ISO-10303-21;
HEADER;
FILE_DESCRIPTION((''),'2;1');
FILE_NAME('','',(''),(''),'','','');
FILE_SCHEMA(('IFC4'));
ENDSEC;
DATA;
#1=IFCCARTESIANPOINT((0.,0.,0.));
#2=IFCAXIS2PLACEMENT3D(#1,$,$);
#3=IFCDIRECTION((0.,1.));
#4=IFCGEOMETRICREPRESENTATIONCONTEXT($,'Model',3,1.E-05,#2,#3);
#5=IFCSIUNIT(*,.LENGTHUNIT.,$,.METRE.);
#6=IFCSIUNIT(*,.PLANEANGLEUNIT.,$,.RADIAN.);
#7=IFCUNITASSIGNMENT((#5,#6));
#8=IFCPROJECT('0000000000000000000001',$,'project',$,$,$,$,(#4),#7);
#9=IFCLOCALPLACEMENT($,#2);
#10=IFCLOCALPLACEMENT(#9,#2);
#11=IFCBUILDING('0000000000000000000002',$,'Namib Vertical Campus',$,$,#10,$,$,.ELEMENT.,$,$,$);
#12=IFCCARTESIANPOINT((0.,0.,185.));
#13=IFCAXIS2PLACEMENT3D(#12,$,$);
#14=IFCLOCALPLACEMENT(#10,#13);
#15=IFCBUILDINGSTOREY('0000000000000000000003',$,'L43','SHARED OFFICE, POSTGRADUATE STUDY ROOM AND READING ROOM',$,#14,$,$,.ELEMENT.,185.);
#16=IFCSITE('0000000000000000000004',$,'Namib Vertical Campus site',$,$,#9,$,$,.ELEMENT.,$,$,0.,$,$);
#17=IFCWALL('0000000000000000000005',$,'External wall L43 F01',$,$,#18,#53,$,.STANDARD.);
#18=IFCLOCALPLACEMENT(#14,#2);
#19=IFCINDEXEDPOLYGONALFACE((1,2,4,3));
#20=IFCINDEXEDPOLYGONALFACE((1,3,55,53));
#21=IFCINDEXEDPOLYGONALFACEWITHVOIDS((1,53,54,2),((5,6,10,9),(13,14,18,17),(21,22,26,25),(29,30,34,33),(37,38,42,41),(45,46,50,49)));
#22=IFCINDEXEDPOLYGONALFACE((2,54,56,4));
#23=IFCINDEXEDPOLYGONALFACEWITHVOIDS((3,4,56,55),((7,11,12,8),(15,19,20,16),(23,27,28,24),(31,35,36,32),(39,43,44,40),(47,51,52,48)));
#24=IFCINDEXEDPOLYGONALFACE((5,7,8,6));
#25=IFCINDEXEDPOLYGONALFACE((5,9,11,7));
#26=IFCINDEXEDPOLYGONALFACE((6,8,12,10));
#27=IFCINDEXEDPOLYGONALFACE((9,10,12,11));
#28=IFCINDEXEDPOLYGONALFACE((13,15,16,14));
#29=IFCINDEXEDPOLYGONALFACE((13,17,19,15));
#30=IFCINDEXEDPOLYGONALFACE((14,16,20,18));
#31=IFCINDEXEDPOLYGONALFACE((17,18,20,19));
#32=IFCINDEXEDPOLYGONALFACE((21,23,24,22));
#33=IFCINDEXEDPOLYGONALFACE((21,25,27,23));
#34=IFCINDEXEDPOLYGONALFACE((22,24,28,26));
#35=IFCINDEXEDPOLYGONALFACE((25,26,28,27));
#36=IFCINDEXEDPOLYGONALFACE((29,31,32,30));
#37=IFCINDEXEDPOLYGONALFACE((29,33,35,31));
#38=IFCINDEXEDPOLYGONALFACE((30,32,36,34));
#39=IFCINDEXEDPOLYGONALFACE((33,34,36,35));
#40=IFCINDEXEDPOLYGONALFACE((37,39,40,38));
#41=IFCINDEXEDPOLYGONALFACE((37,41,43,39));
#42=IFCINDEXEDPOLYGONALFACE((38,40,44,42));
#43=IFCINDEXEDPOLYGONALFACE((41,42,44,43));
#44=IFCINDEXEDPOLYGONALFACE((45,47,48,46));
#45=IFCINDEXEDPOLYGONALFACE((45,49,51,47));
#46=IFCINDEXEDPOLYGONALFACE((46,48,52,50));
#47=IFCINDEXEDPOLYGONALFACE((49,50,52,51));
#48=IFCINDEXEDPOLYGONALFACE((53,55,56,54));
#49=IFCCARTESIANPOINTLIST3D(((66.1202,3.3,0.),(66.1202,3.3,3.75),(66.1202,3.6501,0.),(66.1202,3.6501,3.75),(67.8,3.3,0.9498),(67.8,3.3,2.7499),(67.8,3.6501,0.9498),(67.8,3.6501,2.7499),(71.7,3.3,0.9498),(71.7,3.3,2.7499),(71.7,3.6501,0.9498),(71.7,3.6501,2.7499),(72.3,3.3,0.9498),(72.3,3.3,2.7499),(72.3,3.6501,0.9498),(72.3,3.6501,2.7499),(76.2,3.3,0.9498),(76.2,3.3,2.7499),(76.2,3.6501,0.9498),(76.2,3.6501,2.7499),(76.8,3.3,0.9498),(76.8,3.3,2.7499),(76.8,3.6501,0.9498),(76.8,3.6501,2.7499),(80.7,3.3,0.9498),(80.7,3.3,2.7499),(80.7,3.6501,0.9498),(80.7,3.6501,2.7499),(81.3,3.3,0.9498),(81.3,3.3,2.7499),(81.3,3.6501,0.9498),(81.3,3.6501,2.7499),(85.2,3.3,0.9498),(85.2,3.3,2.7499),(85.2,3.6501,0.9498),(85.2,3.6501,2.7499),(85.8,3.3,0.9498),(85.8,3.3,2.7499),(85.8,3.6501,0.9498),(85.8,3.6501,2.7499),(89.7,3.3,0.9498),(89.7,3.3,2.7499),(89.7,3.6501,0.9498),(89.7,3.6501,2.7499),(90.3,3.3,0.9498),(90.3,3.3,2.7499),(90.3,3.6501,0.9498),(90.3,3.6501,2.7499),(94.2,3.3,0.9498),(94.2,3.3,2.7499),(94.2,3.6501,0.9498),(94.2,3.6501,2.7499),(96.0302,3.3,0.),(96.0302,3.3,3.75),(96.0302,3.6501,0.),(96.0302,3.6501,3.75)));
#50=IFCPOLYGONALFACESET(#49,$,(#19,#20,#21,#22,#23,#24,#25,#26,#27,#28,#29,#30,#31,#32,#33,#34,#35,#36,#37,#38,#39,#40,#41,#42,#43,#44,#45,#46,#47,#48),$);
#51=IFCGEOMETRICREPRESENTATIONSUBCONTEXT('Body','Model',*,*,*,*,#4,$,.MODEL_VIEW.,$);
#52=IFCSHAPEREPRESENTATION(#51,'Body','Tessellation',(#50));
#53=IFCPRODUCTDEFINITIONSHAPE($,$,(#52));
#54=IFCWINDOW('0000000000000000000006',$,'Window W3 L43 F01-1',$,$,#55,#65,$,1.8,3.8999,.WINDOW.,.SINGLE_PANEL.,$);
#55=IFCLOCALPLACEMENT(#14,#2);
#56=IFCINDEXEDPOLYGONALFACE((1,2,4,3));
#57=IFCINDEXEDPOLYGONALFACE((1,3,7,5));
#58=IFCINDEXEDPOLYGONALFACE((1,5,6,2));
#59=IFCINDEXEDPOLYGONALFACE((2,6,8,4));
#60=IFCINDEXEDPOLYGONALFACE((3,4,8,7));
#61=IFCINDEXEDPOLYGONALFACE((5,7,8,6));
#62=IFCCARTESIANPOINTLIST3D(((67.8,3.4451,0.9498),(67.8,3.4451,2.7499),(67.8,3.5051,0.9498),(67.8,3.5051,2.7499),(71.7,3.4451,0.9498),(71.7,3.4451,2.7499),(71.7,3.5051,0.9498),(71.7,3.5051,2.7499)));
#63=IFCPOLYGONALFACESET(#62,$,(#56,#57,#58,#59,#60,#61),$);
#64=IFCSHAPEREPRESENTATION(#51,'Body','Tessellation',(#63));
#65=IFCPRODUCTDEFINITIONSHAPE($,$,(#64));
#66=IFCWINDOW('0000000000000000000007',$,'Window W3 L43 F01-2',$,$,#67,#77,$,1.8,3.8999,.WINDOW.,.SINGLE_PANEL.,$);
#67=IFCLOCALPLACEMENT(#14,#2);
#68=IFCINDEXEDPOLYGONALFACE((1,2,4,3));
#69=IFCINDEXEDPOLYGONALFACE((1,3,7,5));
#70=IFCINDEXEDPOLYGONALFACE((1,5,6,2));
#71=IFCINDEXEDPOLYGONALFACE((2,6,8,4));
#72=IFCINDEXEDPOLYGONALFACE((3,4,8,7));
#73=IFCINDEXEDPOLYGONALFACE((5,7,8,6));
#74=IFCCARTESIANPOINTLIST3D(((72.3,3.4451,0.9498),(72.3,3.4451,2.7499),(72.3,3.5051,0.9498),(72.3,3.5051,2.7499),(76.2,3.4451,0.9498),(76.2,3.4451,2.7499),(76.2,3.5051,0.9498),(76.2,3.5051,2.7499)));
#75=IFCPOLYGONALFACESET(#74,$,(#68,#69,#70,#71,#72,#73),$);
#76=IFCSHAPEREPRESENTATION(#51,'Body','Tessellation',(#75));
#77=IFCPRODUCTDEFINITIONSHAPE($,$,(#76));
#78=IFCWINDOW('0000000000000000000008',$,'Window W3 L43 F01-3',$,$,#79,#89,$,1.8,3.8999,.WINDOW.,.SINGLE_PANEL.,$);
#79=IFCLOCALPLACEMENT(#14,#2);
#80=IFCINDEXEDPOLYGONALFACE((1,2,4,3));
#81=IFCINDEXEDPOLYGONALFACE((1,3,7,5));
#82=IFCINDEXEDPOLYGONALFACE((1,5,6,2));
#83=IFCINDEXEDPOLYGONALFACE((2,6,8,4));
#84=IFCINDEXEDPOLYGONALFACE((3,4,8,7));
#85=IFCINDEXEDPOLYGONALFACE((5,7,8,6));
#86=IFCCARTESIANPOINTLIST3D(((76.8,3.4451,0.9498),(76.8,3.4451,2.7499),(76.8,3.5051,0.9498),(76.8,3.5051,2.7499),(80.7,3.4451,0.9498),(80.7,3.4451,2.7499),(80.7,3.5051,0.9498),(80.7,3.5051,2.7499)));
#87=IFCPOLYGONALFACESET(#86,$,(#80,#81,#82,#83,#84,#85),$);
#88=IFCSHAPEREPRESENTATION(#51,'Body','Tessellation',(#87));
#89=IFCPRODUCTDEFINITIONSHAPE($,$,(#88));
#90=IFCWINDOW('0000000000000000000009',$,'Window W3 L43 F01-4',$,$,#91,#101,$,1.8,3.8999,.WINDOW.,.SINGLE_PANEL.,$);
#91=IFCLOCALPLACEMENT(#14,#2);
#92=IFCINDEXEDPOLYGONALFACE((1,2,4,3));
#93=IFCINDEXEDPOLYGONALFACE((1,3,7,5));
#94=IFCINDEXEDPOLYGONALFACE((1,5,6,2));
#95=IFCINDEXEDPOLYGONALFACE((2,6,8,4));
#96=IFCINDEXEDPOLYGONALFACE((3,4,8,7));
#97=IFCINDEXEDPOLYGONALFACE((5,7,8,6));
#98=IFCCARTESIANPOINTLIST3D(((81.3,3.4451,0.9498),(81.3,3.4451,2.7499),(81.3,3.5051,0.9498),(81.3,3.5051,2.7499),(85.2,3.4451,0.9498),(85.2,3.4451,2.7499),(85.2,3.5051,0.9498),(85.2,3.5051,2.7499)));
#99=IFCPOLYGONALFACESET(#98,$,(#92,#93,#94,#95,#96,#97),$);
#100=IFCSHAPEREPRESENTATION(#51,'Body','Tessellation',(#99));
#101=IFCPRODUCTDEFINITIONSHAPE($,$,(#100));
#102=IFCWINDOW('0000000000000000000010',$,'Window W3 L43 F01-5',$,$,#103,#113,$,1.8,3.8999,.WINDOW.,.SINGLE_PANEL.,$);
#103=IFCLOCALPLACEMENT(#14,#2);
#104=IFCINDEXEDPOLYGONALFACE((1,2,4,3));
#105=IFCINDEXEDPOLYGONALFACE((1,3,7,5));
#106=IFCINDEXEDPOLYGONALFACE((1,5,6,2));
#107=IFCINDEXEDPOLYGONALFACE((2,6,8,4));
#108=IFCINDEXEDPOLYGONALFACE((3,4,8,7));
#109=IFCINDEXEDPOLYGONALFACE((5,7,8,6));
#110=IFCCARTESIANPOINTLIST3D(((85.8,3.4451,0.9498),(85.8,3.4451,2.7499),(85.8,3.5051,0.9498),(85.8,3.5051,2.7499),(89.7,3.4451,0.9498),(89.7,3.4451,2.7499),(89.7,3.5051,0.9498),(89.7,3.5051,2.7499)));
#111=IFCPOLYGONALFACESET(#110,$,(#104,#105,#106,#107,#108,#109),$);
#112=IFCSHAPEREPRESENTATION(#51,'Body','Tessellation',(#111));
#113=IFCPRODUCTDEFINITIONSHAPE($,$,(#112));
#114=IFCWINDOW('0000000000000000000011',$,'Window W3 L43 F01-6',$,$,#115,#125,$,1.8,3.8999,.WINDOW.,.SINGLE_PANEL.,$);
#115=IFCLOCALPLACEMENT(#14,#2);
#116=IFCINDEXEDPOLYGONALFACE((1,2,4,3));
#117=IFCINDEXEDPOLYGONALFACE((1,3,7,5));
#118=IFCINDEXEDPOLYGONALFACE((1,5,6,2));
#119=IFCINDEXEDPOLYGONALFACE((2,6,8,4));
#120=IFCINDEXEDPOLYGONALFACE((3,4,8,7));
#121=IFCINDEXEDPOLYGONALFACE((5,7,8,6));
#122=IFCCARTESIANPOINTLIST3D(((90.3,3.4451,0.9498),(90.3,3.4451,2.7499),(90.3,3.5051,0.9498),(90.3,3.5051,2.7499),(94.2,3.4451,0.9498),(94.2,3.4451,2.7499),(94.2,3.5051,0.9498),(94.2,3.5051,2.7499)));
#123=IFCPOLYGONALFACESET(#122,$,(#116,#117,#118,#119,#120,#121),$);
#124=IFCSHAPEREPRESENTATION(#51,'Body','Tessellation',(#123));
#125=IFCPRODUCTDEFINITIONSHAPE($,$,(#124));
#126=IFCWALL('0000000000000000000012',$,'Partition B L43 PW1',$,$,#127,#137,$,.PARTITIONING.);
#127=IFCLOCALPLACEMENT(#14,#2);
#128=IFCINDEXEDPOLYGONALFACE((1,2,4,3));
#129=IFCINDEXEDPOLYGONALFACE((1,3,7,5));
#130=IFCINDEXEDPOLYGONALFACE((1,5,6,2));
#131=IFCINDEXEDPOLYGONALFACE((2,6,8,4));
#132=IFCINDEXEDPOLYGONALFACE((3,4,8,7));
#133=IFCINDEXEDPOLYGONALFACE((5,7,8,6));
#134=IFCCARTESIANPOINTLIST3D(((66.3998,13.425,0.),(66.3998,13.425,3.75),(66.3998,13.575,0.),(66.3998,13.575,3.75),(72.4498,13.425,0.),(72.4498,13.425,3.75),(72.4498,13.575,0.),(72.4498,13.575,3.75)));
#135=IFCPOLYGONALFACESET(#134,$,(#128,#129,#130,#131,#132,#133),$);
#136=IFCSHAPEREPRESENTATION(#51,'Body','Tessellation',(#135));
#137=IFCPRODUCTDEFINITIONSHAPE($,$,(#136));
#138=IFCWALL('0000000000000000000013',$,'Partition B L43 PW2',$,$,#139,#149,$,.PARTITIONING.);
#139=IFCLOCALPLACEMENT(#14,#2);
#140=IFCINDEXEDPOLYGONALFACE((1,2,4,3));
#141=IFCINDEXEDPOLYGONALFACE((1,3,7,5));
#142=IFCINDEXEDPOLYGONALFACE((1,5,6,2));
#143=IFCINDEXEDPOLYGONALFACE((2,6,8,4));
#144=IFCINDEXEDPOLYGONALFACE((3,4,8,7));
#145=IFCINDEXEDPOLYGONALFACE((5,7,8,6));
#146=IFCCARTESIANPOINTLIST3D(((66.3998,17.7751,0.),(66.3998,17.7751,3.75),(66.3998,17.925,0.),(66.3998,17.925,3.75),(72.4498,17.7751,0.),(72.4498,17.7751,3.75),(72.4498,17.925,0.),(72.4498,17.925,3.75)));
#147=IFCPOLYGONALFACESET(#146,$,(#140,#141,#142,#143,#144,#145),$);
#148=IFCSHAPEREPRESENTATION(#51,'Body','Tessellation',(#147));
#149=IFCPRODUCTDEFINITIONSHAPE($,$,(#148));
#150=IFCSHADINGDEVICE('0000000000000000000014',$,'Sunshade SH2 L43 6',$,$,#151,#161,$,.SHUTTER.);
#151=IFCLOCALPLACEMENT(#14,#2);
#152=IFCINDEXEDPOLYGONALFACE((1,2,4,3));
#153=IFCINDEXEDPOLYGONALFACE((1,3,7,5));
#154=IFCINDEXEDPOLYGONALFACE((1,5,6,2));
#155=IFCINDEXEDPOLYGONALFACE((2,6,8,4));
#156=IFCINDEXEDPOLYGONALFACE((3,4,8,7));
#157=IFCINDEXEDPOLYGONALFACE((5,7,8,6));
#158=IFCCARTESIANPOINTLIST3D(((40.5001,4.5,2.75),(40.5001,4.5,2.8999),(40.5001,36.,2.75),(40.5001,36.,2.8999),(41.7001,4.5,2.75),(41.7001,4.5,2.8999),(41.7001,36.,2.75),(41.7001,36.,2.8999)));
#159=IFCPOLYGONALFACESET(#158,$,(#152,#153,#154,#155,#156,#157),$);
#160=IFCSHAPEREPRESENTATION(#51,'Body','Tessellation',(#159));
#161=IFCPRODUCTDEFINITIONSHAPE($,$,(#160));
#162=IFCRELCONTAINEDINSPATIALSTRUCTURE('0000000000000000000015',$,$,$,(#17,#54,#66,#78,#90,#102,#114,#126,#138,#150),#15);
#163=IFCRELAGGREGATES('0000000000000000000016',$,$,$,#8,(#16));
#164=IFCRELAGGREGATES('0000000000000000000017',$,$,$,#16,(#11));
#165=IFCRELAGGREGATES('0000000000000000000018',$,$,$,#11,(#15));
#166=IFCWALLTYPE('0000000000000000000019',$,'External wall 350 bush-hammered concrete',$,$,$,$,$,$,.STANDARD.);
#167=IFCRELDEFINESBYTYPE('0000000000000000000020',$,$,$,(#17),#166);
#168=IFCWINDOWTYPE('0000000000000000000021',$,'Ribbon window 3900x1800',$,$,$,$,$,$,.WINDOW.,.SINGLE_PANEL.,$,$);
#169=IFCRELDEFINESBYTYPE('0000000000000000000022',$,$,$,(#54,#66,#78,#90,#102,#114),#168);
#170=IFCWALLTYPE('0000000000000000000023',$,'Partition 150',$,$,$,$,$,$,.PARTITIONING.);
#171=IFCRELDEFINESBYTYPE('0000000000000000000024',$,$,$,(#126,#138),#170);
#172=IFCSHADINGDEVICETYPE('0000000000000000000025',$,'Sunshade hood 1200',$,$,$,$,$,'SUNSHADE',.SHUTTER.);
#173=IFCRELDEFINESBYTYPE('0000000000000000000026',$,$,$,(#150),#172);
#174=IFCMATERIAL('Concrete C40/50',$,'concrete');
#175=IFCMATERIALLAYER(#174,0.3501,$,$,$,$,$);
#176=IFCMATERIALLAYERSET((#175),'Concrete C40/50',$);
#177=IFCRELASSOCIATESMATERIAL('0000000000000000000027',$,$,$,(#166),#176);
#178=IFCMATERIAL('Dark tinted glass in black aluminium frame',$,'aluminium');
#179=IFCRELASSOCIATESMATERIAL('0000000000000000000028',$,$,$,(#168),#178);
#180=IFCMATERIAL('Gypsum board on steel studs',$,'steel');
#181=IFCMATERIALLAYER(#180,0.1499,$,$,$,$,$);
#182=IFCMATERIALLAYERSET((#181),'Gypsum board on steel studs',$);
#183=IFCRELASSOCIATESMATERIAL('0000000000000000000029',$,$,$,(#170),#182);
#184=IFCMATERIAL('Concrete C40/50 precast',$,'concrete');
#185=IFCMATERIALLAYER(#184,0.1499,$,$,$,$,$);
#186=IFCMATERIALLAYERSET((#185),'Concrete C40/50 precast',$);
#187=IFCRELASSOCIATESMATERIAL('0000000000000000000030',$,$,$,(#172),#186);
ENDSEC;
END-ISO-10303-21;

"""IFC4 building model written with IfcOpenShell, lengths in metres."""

from ifc_helpers import new_model, si_unit, direction, frame, frame_2d, origin, origin_2d, place, context, subcontext, project, spatial, rectangle, extrude, material, layer, layer_set, type_object, element, fill, save


model = new_model("IFC4")

# Units and contexts
model_context = context("Model", 3, precision=1e-05, world=origin(), true_north=direction((0.0, 1.0)))
body_context = subcontext(model_context, "Body", "Model", "MODEL_VIEW")
ifc_project = project(units=[si_unit("LENGTHUNIT", "METRE"), si_unit("PLANEANGLEUNIT", "RADIAN")], contexts=[model_context])

# Site, building, storey
site_placement = place(None, origin())
site = spatial("IfcSite", under=ifc_project, at=site_placement, Name="Namib Vertical Campus site", CompositionType="ELEMENT", RefElevation=0.0)
building_placement = place(site_placement, origin())
building = spatial("IfcBuilding", under=site, at=building_placement, Name="Namib Vertical Campus", CompositionType="ELEMENT")
storey_placement = place(building_placement, frame((0.0, 0.0, 185.0)))
storey = spatial("IfcBuildingStorey", under=building, at=storey_placement, Name="L43", Description="SHARED OFFICE, POSTGRADUATE STUDY ROOM AND READING ROOM", CompositionType="ELEMENT", Elevation=185.0)

# Wall, openings, windows
ifc_material_1 = material(Name="Concrete C40/50", Category="concrete")
ifc_layer_1 = layer(ifc_material_1, 0.3501)
ifc_layer_set_1 = layer_set([ifc_layer_1], Name="Concrete C40/50")
wall_type_1 = type_object("IfcWallType", Name="External wall 350 bush-hammered concrete", PredefinedType="STANDARD", material=ifc_layer_set_1)
ifc_material_2 = material(Name="Dark tinted glass in black aluminium frame", Category="aluminium")
window_type = type_object("IfcWindowType", Name="Ribbon window 3900x1800", PartitioningType="SINGLE_PANEL", PredefinedType="WINDOW", material=ifc_material_2)
wall_1_placement = place(storey_placement, frame((66.1201, 3.4751, 0.0), z_axis=(0.0, 0.0, 1.0), x_axis=(1.0, 0.0, 0.0)))
wall_1 = element("IfcWall", 1, at=wall_1_placement, inside=storey, type_object=wall_type_1, Name="External wall L43 F01", PredefinedType="STANDARD", context=body_context, shape_type="SweptSolid", body=[
    extrude(rectangle(XDim=29.9099, YDim=0.3501, at=frame_2d((14.9551, 0.0))), origin(), (0.0, 0.0, 1.0), 3.75),
])
opening_1_placement = place(wall_1_placement, frame((1.6799, 0.0, 0.95)))
opening_1 = element("IfcOpeningElement", 2, at=opening_1_placement, cuts=wall_1, PredefinedType="OPENING", context=body_context, shape_type="SweptSolid", body=[
    extrude(rectangle(XDim=3.8999, YDim=1.8, at=frame_2d((1.95, 0.8999))), frame((0.0, 0.1851, 0.0), z_axis=(0.0, -1.0, 0.0), x_axis=(1.0, 0.0, 0.0)), (0.0, 0.0, 1.0), 0.3701),
])
opening_2_placement = place(wall_1_placement, frame((6.1799, 0.0, 0.95)))
opening_2 = element("IfcOpeningElement", 3, at=opening_2_placement, cuts=wall_1, PredefinedType="OPENING", context=body_context, shape_type="SweptSolid", body=[
    extrude(rectangle(XDim=3.8999, YDim=1.8, at=frame_2d((1.95, 0.8999))), frame((0.0, 0.1851, 0.0), z_axis=(0.0, -1.0, 0.0), x_axis=(1.0, 0.0, 0.0)), (0.0, 0.0, 1.0), 0.3701),
])
opening_3_placement = place(wall_1_placement, frame((10.6799, 0.0, 0.95)))
opening_3 = element("IfcOpeningElement", 4, at=opening_3_placement, cuts=wall_1, PredefinedType="OPENING", context=body_context, shape_type="SweptSolid", body=[
    extrude(rectangle(XDim=3.8999, YDim=1.8, at=frame_2d((1.95, 0.8999))), frame((0.0, 0.1851, 0.0), z_axis=(0.0, -1.0, 0.0), x_axis=(1.0, 0.0, 0.0)), (0.0, 0.0, 1.0), 0.3701),
])
opening_4_placement = place(wall_1_placement, frame((15.1799, 0.0, 0.95)))
opening_4 = element("IfcOpeningElement", 5, at=opening_4_placement, cuts=wall_1, PredefinedType="OPENING", context=body_context, shape_type="SweptSolid", body=[
    extrude(rectangle(XDim=3.8999, YDim=1.8, at=frame_2d((1.95, 0.8999))), frame((0.0, 0.1851, 0.0), z_axis=(0.0, -1.0, 0.0), x_axis=(1.0, 0.0, 0.0)), (0.0, 0.0, 1.0), 0.3701),
])
opening_5_placement = place(wall_1_placement, frame((19.6799, 0.0, 0.95)))
opening_5 = element("IfcOpeningElement", 6, at=opening_5_placement, cuts=wall_1, PredefinedType="OPENING", context=body_context, shape_type="SweptSolid", body=[
    extrude(rectangle(XDim=3.8999, YDim=1.8, at=frame_2d((1.95, 0.8999))), frame((0.0, 0.1851, 0.0), z_axis=(0.0, -1.0, 0.0), x_axis=(1.0, 0.0, 0.0)), (0.0, 0.0, 1.0), 0.3701),
])
opening_6_placement = place(wall_1_placement, frame((24.1799, 0.0, 0.95)))
opening_6 = element("IfcOpeningElement", 7, at=opening_6_placement, cuts=wall_1, PredefinedType="OPENING", context=body_context, shape_type="SweptSolid", body=[
    extrude(rectangle(XDim=3.8999, YDim=1.8, at=frame_2d((1.95, 0.8999))), frame((0.0, 0.1851, 0.0), z_axis=(0.0, -1.0, 0.0), x_axis=(1.0, 0.0, 0.0)), (0.0, 0.0, 1.0), 0.3701),
])
window_1_placement = place(opening_1_placement, origin())
window_1 = element("IfcWindow", 8, at=window_1_placement, inside=storey, type_object=window_type, Name="Window W3 L43 F01-1", OverallHeight=1.8, OverallWidth=3.8999, PartitioningType="SINGLE_PANEL", PredefinedType="WINDOW", context=body_context, shape_type="SweptSolid", body=[
    extrude(rectangle(XDim=3.8999, YDim=1.8, at=frame_2d((1.95, 0.8999))), frame((0.0, 0.03, 0.0), z_axis=(0.0, -1.0, 0.0), x_axis=(1.0, 0.0, 0.0)), (0.0, 0.0, 1.0), 0.0601),
])
fill(opening_1, window_1)
window_2_placement = place(opening_2_placement, origin())
window_2 = element("IfcWindow", 9, at=window_2_placement, inside=storey, type_object=window_type, Name="Window W3 L43 F01-2", OverallHeight=1.8, OverallWidth=3.8999, PartitioningType="SINGLE_PANEL", PredefinedType="WINDOW", context=body_context, shape_type="SweptSolid", body=[
    extrude(rectangle(XDim=3.8999, YDim=1.8, at=frame_2d((1.95, 0.8999))), frame((0.0, 0.03, 0.0), z_axis=(0.0, -1.0, 0.0), x_axis=(1.0, 0.0, 0.0)), (0.0, 0.0, 1.0), 0.0601),
])
fill(opening_2, window_2)
window_3_placement = place(opening_3_placement, origin())
window_3 = element("IfcWindow", 10, at=window_3_placement, inside=storey, type_object=window_type, Name="Window W3 L43 F01-3", OverallHeight=1.8, OverallWidth=3.8999, PartitioningType="SINGLE_PANEL", PredefinedType="WINDOW", context=body_context, shape_type="SweptSolid", body=[
    extrude(rectangle(XDim=3.8999, YDim=1.8, at=frame_2d((1.95, 0.8999))), frame((0.0, 0.03, 0.0), z_axis=(0.0, -1.0, 0.0), x_axis=(1.0, 0.0, 0.0)), (0.0, 0.0, 1.0), 0.0601),
])
fill(opening_3, window_3)
window_4_placement = place(opening_4_placement, origin())
window_4 = element("IfcWindow", 11, at=window_4_placement, inside=storey, type_object=window_type, Name="Window W3 L43 F01-4", OverallHeight=1.8, OverallWidth=3.8999, PartitioningType="SINGLE_PANEL", PredefinedType="WINDOW", context=body_context, shape_type="SweptSolid", body=[
    extrude(rectangle(XDim=3.8999, YDim=1.8, at=frame_2d((1.95, 0.8999))), frame((0.0, 0.03, 0.0), z_axis=(0.0, -1.0, 0.0), x_axis=(1.0, 0.0, 0.0)), (0.0, 0.0, 1.0), 0.0601),
])
fill(opening_4, window_4)
window_5_placement = place(opening_5_placement, origin())
window_5 = element("IfcWindow", 12, at=window_5_placement, inside=storey, type_object=window_type, Name="Window W3 L43 F01-5", OverallHeight=1.8, OverallWidth=3.8999, PartitioningType="SINGLE_PANEL", PredefinedType="WINDOW", context=body_context, shape_type="SweptSolid", body=[
    extrude(rectangle(XDim=3.8999, YDim=1.8, at=frame_2d((1.95, 0.8999))), frame((0.0, 0.03, 0.0), z_axis=(0.0, -1.0, 0.0), x_axis=(1.0, 0.0, 0.0)), (0.0, 0.0, 1.0), 0.0601),
])
fill(opening_5, window_5)
window_6_placement = place(opening_6_placement, origin())
window_6 = element("IfcWindow", 13, at=window_6_placement, inside=storey, type_object=window_type, Name="Window W3 L43 F01-6", OverallHeight=1.8, OverallWidth=3.8999, PartitioningType="SINGLE_PANEL", PredefinedType="WINDOW", context=body_context, shape_type="SweptSolid", body=[
    extrude(rectangle(XDim=3.8999, YDim=1.8, at=frame_2d((1.95, 0.8999))), frame((0.0, 0.03, 0.0), z_axis=(0.0, -1.0, 0.0), x_axis=(1.0, 0.0, 0.0)), (0.0, 0.0, 1.0), 0.0601),
])
fill(opening_6, window_6)

# Walls
ifc_material_3 = material(Name="Gypsum board on steel studs", Category="steel")
ifc_layer_2 = layer(ifc_material_3, 0.1499)
ifc_layer_set_2 = layer_set([ifc_layer_2], Name="Gypsum board on steel studs")
wall_type_2 = type_object("IfcWallType", Name="Partition 150", PredefinedType="PARTITIONING", material=ifc_layer_set_2)
for number, where, z_axis, x_axis, name in (
    (14, (66.3999, 13.5, 0.0), (0.0, 0.0, 1.0), (1.0, 0.0, 0.0), "Partition B L43 PW1"),
    (15, (66.3999, 17.8501, 0.0), (0.0, 0.0, 1.0), (1.0, 0.0, 0.0), "Partition B L43 PW2"),
):
    element("IfcWall", number, at=place(storey_placement, frame(where, z_axis=z_axis, x_axis=x_axis)), inside=storey, type_object=wall_type_2, Name=name, PredefinedType="PARTITIONING", context=body_context, shape_type="SweptSolid", body=[
        extrude(rectangle(XDim=6.05, YDim=0.1499, at=frame_2d((3.0249, 0.0))), origin(), (0.0, 0.0, 1.0), 3.75),
    ])

# Shading device
ifc_material_4 = material(Name="Concrete C40/50 precast", Category="concrete")
ifc_layer_3 = layer(ifc_material_4, 0.1499)
ifc_layer_set_3 = layer_set([ifc_layer_3], Name="Concrete C40/50 precast")
shading_device_type = type_object("IfcShadingDeviceType", Name="Sunshade hood 1200", ElementType="SUNSHADE", PredefinedType="SHUTTER", material=ifc_layer_set_3)
shading_device_placement = place(storey_placement, frame((41.1001, 20.25, 2.75), z_axis=(0.0, 0.0, 1.0), x_axis=(0.0, 1.0, 0.0)))
element("IfcShadingDevice", 16, at=shading_device_placement, inside=storey, type_object=shading_device_type, Name="Sunshade SH2 L43 6", PredefinedType="SHUTTER", context=body_context, shape_type="SweptSolid", body=[
    extrude(rectangle(XDim=31.5, YDim=1.2, at=origin_2d()), origin(), (0.0, 0.0, 1.0), 0.1499),
])

save(model, "model.ifc")
